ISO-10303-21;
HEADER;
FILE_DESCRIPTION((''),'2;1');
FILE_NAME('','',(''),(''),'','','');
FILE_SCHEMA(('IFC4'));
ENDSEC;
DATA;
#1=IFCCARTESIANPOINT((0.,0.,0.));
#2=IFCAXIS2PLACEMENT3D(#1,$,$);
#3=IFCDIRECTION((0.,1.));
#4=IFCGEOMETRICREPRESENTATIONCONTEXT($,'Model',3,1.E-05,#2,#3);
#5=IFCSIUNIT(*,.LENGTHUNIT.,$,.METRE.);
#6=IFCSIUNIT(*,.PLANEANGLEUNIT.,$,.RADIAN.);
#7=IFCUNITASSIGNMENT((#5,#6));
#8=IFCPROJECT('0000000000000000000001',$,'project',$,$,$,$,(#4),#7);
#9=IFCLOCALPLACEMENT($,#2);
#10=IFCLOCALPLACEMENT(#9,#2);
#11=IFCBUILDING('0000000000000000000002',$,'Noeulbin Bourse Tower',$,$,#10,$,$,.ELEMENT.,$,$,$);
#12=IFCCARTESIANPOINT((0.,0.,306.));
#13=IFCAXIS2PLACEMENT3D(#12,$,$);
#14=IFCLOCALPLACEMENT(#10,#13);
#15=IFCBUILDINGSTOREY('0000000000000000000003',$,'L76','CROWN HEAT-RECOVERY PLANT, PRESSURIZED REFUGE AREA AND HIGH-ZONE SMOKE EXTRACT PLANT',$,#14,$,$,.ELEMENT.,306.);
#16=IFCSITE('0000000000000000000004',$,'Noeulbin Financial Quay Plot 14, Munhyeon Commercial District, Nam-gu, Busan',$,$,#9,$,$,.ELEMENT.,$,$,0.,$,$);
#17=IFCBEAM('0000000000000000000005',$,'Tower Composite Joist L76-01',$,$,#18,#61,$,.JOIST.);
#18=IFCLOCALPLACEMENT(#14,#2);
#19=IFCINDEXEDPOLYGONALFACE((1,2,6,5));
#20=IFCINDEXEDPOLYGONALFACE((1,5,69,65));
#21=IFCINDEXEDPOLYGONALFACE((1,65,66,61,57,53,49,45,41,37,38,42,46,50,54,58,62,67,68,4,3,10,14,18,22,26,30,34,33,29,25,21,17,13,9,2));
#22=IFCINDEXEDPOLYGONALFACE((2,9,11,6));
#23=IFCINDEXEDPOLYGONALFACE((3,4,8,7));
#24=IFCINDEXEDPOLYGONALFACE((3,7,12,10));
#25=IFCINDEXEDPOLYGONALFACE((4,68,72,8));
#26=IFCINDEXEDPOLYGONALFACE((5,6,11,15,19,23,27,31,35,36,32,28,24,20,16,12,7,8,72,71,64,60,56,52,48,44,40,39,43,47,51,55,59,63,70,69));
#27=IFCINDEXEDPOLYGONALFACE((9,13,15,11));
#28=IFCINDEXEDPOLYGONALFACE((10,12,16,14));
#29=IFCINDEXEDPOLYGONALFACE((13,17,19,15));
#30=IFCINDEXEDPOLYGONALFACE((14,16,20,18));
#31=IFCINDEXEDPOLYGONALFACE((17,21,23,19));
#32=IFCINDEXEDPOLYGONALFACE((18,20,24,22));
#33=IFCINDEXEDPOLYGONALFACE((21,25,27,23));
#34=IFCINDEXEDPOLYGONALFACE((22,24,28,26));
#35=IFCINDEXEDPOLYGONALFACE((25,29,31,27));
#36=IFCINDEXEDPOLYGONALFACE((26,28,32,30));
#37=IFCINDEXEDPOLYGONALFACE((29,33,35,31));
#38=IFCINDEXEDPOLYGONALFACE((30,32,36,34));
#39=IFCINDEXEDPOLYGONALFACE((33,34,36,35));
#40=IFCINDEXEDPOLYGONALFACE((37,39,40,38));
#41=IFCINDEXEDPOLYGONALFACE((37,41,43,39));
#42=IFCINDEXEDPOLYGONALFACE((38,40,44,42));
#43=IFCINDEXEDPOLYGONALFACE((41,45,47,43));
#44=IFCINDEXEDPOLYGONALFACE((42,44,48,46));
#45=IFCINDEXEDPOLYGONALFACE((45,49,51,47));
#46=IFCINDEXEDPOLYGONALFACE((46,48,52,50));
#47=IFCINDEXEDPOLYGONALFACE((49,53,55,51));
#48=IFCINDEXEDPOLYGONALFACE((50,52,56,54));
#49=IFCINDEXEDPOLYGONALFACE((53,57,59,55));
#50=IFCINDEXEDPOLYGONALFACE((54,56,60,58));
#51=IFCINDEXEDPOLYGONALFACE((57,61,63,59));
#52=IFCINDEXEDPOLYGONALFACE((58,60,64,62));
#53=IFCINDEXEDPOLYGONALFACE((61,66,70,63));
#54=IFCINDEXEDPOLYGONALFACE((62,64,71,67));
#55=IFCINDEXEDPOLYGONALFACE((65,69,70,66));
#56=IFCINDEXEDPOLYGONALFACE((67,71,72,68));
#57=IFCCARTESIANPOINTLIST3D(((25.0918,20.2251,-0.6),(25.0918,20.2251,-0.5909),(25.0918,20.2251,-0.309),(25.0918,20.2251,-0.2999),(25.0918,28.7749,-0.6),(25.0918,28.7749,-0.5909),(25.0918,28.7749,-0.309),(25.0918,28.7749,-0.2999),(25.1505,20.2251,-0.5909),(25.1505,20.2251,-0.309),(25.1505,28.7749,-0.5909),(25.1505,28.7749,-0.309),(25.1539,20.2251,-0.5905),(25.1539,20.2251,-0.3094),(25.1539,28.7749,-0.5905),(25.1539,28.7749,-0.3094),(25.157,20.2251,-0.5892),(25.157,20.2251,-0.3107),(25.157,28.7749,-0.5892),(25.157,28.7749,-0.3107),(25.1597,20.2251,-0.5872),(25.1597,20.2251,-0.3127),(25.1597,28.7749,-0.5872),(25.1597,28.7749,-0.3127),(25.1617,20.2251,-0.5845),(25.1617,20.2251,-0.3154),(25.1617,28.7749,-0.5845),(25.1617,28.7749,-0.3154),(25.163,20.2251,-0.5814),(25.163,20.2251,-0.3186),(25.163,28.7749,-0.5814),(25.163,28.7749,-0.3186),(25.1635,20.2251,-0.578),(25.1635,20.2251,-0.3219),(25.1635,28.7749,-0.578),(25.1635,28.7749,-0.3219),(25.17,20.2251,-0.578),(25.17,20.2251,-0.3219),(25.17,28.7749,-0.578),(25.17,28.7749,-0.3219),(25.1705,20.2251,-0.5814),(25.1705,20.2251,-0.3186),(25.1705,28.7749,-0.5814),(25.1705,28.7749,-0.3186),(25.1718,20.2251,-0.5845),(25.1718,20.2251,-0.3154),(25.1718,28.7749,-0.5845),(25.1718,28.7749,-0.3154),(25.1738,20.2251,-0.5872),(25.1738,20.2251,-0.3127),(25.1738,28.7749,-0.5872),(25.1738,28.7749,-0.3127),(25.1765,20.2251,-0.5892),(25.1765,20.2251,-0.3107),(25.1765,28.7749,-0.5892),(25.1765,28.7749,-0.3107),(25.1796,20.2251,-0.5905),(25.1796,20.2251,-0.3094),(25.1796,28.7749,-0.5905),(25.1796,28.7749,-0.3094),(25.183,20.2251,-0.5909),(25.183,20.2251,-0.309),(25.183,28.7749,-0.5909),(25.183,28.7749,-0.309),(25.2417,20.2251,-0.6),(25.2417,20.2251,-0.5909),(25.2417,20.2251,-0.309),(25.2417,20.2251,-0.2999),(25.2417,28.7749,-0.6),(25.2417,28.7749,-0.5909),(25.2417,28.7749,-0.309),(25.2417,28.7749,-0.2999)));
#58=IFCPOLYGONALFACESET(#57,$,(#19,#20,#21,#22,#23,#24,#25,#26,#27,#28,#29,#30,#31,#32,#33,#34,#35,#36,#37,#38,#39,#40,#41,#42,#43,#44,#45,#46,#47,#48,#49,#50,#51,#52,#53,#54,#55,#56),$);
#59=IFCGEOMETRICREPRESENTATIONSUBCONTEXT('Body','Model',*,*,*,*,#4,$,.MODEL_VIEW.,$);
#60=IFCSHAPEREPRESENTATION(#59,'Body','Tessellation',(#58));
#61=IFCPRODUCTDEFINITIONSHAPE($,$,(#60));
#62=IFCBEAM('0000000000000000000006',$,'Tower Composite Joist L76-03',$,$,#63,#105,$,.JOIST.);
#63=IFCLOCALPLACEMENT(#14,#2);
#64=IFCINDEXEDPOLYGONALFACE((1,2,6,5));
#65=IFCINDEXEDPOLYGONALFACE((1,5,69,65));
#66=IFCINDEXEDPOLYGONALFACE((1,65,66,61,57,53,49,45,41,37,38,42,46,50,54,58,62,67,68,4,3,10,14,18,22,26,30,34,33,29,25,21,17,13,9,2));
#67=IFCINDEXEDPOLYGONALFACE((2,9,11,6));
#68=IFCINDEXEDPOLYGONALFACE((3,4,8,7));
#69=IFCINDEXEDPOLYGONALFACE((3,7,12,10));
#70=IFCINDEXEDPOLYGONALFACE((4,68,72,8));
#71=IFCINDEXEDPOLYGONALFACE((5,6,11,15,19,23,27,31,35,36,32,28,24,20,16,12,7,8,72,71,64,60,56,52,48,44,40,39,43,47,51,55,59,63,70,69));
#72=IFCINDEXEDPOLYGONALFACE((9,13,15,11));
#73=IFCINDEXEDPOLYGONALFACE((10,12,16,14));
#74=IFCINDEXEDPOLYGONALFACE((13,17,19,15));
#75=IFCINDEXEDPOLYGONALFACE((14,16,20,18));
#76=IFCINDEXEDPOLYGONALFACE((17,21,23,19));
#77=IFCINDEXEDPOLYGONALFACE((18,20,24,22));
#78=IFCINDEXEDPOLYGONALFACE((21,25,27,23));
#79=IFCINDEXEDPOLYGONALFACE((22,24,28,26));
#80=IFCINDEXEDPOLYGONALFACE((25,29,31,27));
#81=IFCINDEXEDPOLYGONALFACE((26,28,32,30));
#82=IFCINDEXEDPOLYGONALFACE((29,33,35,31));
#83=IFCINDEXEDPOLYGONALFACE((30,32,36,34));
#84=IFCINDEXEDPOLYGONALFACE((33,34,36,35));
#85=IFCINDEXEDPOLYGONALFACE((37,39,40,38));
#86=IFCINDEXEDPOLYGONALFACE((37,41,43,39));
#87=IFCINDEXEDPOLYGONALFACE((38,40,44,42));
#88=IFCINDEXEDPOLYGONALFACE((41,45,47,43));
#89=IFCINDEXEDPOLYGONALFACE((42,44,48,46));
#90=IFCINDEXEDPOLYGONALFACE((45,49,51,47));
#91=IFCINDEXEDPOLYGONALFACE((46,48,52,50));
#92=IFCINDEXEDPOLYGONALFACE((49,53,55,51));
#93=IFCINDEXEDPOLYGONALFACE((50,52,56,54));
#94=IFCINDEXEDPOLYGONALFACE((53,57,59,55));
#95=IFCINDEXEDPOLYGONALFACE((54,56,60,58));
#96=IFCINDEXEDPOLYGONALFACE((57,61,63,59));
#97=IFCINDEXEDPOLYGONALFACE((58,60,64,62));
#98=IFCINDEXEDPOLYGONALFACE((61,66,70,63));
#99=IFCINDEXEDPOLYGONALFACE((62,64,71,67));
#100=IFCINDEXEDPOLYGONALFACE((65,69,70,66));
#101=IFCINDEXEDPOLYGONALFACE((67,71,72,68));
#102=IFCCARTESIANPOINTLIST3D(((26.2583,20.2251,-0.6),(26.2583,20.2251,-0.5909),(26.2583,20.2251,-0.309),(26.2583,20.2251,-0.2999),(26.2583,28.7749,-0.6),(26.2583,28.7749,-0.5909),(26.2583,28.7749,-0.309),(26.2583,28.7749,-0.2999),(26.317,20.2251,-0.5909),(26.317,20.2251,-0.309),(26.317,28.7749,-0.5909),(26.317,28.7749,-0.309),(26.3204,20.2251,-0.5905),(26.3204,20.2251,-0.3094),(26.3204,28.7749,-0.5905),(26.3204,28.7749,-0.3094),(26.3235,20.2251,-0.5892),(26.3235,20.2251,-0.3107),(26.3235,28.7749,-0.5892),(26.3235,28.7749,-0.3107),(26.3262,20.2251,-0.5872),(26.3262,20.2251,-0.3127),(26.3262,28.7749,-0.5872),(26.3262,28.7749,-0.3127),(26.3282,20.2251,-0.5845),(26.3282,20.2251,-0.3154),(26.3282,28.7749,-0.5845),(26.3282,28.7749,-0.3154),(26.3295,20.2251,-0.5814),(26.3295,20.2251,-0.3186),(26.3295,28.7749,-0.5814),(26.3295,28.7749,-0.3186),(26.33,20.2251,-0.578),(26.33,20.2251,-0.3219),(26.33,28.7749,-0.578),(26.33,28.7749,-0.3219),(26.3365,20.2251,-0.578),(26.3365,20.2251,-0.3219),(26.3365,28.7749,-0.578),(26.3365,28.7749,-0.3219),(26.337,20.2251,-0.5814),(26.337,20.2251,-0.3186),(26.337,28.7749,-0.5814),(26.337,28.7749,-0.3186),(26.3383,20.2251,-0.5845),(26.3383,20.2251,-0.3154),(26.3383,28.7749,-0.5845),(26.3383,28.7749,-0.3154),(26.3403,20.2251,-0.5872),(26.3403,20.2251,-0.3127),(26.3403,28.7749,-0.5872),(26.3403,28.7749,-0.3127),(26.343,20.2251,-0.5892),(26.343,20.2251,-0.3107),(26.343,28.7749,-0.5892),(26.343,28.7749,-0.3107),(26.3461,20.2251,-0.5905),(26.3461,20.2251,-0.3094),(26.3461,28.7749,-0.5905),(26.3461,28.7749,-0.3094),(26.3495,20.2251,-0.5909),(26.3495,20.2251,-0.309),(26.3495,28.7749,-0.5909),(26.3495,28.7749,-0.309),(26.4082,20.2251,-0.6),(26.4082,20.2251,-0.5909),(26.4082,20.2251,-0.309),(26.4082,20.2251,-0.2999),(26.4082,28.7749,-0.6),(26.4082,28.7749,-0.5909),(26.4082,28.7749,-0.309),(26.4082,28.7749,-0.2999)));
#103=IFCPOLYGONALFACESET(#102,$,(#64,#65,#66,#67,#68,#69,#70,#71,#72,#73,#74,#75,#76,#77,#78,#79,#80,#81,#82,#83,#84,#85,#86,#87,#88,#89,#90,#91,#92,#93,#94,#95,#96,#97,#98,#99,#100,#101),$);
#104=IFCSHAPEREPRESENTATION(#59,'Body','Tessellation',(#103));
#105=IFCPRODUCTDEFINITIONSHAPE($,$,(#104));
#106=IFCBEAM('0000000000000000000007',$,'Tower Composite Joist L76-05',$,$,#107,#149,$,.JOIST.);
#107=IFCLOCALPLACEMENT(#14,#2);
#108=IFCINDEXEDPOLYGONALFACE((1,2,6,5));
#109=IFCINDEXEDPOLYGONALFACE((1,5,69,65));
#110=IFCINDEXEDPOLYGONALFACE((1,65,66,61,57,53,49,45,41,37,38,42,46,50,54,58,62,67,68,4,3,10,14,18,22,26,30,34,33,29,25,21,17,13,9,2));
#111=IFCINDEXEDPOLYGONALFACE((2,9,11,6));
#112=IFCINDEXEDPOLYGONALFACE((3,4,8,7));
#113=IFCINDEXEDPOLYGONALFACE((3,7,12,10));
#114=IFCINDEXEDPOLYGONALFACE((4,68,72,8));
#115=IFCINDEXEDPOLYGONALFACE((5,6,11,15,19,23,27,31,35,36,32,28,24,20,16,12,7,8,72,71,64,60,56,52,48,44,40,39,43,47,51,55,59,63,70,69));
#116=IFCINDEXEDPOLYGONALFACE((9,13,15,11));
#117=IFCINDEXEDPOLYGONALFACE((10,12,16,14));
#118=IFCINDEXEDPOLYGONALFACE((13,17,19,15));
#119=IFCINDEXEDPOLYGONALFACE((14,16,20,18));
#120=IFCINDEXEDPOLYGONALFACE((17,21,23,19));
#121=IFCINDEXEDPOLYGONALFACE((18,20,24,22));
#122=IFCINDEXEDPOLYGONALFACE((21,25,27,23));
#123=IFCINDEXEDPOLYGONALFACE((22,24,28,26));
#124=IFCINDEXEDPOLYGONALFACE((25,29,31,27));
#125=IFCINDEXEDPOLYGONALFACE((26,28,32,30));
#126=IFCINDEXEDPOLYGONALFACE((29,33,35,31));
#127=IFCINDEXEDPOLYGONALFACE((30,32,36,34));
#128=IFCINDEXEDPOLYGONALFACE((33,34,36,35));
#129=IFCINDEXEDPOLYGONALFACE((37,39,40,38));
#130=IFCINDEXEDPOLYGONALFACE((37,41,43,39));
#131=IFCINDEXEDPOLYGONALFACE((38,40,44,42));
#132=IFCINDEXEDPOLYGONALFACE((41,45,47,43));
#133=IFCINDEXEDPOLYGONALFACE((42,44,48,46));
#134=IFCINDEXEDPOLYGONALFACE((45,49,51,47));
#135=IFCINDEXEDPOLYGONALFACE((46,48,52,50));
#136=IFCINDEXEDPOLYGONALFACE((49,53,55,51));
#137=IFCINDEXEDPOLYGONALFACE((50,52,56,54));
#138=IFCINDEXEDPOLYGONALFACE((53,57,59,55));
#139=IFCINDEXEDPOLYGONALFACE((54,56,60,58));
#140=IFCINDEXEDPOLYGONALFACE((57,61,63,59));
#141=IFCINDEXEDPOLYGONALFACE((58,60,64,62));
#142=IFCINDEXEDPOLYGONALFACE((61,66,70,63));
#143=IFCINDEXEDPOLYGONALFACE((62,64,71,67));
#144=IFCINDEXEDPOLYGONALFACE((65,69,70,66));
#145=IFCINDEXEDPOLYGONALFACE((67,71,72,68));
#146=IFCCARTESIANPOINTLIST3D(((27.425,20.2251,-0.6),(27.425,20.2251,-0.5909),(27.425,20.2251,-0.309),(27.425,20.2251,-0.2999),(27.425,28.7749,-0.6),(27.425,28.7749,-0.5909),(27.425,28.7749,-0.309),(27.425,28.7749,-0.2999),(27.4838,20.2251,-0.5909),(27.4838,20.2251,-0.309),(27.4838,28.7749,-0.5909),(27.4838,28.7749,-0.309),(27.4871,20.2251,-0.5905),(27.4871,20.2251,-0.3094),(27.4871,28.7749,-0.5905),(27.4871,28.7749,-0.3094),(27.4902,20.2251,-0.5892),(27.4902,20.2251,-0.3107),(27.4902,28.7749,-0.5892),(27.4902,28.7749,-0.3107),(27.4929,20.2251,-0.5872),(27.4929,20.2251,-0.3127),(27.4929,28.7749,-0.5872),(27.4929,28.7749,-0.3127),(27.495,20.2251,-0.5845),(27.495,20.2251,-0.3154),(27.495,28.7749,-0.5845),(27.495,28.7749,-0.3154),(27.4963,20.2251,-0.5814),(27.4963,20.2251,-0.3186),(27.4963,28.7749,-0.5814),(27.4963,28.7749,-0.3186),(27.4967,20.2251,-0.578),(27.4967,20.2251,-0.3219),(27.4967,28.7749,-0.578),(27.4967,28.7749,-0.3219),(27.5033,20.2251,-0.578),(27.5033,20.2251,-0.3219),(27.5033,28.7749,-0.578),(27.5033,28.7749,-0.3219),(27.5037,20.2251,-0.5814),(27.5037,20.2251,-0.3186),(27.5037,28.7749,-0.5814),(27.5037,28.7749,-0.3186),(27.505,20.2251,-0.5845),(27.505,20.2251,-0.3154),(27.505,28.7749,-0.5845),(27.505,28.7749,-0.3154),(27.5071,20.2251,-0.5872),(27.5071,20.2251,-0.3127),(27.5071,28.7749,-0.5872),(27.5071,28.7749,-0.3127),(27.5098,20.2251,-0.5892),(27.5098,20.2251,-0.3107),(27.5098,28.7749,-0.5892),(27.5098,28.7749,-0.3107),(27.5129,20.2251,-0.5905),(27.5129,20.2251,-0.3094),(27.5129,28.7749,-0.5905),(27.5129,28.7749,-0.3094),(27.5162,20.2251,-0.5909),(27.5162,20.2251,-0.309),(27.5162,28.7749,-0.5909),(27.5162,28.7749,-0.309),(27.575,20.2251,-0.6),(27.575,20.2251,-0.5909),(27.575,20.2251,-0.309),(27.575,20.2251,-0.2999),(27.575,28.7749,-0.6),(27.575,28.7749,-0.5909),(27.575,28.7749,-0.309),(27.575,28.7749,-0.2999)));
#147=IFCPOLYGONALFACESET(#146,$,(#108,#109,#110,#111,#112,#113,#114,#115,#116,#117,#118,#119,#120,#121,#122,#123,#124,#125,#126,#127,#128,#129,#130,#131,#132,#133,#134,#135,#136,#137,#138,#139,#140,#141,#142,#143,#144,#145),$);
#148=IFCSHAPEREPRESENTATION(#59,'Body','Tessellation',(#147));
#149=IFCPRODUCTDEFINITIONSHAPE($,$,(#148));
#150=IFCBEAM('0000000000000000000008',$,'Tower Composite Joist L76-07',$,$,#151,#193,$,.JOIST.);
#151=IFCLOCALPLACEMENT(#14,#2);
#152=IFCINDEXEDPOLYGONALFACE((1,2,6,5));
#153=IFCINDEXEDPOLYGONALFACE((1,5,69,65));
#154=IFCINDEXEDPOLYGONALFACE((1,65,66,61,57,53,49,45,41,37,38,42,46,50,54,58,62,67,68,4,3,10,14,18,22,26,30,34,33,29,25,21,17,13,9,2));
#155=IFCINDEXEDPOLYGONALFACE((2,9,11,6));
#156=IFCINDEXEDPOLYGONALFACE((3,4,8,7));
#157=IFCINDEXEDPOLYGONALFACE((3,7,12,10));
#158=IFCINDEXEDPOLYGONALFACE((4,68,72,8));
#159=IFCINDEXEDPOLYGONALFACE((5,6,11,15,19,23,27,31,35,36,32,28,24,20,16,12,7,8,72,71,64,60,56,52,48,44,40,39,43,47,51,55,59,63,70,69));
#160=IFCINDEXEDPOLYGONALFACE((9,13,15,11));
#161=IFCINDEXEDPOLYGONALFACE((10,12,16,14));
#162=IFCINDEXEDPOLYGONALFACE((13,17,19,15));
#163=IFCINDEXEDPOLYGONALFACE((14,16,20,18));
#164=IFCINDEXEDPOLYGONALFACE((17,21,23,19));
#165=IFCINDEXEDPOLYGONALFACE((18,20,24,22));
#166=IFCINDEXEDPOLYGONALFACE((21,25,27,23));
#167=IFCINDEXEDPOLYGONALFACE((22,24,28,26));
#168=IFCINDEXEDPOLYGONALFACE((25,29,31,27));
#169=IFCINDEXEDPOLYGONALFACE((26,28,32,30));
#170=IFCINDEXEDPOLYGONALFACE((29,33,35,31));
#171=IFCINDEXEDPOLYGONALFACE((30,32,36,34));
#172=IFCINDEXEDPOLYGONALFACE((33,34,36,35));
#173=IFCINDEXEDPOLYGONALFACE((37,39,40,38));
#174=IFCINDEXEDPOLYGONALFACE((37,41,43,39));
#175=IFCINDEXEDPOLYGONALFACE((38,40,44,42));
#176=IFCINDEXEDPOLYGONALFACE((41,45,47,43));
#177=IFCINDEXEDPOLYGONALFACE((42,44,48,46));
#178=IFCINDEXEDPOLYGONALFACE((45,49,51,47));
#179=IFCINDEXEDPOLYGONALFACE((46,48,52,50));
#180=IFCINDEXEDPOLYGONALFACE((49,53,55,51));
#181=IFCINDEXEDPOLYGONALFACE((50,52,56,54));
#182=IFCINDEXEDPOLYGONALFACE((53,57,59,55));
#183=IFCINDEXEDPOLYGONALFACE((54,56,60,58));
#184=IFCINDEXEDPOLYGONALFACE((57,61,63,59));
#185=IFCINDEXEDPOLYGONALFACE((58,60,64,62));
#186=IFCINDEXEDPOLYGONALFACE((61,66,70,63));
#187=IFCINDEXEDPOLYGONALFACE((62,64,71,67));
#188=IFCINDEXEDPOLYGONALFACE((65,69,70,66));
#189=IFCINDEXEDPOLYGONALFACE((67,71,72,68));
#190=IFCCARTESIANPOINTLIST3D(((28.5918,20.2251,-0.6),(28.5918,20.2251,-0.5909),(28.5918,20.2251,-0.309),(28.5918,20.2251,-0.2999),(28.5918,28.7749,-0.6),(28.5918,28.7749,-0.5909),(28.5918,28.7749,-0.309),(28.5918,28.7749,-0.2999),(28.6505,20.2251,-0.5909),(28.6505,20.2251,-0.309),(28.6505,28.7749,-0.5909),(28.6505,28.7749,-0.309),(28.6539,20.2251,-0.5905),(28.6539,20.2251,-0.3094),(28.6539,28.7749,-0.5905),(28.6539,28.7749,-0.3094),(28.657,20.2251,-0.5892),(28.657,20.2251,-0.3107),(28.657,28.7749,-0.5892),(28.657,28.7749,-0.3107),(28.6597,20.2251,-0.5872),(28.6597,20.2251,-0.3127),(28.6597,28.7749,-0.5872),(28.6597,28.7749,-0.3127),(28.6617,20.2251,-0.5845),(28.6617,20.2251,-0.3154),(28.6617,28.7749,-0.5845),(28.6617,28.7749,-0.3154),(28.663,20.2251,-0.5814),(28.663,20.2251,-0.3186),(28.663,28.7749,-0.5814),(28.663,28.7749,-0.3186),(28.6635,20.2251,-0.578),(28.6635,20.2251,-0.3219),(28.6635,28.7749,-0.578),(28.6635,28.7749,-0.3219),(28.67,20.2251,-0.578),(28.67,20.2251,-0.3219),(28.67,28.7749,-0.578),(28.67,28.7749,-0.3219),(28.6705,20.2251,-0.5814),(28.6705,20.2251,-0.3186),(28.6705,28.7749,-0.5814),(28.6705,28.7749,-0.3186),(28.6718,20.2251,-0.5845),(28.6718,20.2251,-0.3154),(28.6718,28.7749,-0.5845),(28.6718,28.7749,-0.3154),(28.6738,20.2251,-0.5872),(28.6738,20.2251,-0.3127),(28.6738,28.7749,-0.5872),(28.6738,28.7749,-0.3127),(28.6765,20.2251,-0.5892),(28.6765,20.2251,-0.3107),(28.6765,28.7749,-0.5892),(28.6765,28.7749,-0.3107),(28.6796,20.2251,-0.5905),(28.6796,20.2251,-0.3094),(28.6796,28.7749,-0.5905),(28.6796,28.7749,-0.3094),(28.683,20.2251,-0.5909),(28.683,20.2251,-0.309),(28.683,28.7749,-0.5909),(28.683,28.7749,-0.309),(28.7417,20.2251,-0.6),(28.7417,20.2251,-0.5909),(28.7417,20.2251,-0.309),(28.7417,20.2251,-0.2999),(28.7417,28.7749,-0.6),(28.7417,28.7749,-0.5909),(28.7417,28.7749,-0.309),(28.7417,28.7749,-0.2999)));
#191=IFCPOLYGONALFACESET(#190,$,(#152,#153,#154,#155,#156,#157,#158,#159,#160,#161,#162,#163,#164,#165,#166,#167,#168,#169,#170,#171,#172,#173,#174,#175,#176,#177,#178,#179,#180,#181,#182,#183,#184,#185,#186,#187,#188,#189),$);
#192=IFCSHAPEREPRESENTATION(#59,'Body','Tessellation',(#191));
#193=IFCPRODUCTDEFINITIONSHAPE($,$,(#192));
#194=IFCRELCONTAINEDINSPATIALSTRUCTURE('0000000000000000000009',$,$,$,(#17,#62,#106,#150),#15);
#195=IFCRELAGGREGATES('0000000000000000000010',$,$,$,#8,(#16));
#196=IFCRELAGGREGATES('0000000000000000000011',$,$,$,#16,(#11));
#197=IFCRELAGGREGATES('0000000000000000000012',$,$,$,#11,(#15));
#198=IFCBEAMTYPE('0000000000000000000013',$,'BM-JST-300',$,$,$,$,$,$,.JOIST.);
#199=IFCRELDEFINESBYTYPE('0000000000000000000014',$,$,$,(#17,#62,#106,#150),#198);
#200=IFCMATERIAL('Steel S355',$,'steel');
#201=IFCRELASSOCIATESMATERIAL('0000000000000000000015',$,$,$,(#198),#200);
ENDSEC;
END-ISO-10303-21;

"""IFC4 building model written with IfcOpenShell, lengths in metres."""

from ifc_helpers import new_model, si_unit, direction, frame, origin, origin_2d, place, context, subcontext, project, spatial, i_section, extrude, material, material_profile, profile_set, type_object, element, save


model = new_model("IFC4")

# Units and contexts
model_context = context("Model", 3, precision=1e-05, world=origin(), true_north=direction((0.0, 1.0)))
body_context = subcontext(model_context, "Body", "Model", "MODEL_VIEW")
ifc_project = project(units=[si_unit("LENGTHUNIT", "METRE"), si_unit("PLANEANGLEUNIT", "RADIAN")], contexts=[model_context])

# Site, building, storey
site_placement = place(None, origin())
site = spatial("IfcSite", under=ifc_project, at=site_placement, Name="Noeulbin Financial Quay Plot 14, Munhyeon Commercial District, Nam-gu, Busan", CompositionType="ELEMENT", RefElevation=0.0)
building_placement = place(site_placement, origin())
building = spatial("IfcBuilding", under=site, at=building_placement, Name="Noeulbin Bourse Tower", CompositionType="ELEMENT")
storey_placement = place(building_placement, frame((0.0, 0.0, 306.0)))
storey = spatial("IfcBuildingStorey", under=building, at=storey_placement, Name="L76", Description="CROWN HEAT-RECOVERY PLANT, PRESSURIZED REFUGE AREA AND HIGH-ZONE SMOKE EXTRACT PLANT", CompositionType="ELEMENT", Elevation=306.0)

# Shared definitions
ifc_material_1 = material(Name="Steel S355", Category="steel")

# Beams
ifc_material_profile_1 = material_profile(ifc_material_1, i_section(OverallWidth=0.1499, OverallDepth=0.3, WebThickness=0.0066, FlangeThickness=0.009, FilletRadius=0.0129, at=origin_2d()), Name="H-300x150x6.5x9", Category="LoadBearing")
ifc_profile_set_1 = profile_set([ifc_material_profile_1], Name="Steel S355")
beam_type_1 = type_object("IfcBeamType", Name="BM-JST-300", PredefinedType="JOIST", material=ifc_profile_set_1)
for number, where, z_axis, x_axis, name in (
    (1, (25.1667, 20.2251, -0.45), (0.0, 1.0, 0.0), (-1.0, 0.0, 0.0), "Tower Composite Joist L76-01"),
    (2, (26.3333, 20.2251, -0.45), (0.0, 1.0, 0.0), (-1.0, 0.0, 0.0), "Tower Composite Joist L76-03"),
    (3, (27.5, 20.2251, -0.45), (0.0, 1.0, 0.0), (-1.0, 0.0, 0.0), "Tower Composite Joist L76-05"),
    (4, (28.6667, 20.2251, -0.45), (0.0, 1.0, 0.0), (-1.0, 0.0, 0.0), "Tower Composite Joist L76-07"),
):
    element("IfcBeam", number, at=place(storey_placement, frame(where, z_axis=z_axis, x_axis=x_axis)), inside=storey, type_object=beam_type_1, Name=name, PredefinedType="JOIST", context=body_context, shape_type="SweptSolid", body=[
        extrude(i_section(OverallWidth=0.1499, OverallDepth=0.3, WebThickness=0.0066, FlangeThickness=0.009, FilletRadius=0.0129, at=origin_2d()), origin(), (0.0, 0.0, 1.0), 8.5498),
    ])

save(model, "model.ifc")
